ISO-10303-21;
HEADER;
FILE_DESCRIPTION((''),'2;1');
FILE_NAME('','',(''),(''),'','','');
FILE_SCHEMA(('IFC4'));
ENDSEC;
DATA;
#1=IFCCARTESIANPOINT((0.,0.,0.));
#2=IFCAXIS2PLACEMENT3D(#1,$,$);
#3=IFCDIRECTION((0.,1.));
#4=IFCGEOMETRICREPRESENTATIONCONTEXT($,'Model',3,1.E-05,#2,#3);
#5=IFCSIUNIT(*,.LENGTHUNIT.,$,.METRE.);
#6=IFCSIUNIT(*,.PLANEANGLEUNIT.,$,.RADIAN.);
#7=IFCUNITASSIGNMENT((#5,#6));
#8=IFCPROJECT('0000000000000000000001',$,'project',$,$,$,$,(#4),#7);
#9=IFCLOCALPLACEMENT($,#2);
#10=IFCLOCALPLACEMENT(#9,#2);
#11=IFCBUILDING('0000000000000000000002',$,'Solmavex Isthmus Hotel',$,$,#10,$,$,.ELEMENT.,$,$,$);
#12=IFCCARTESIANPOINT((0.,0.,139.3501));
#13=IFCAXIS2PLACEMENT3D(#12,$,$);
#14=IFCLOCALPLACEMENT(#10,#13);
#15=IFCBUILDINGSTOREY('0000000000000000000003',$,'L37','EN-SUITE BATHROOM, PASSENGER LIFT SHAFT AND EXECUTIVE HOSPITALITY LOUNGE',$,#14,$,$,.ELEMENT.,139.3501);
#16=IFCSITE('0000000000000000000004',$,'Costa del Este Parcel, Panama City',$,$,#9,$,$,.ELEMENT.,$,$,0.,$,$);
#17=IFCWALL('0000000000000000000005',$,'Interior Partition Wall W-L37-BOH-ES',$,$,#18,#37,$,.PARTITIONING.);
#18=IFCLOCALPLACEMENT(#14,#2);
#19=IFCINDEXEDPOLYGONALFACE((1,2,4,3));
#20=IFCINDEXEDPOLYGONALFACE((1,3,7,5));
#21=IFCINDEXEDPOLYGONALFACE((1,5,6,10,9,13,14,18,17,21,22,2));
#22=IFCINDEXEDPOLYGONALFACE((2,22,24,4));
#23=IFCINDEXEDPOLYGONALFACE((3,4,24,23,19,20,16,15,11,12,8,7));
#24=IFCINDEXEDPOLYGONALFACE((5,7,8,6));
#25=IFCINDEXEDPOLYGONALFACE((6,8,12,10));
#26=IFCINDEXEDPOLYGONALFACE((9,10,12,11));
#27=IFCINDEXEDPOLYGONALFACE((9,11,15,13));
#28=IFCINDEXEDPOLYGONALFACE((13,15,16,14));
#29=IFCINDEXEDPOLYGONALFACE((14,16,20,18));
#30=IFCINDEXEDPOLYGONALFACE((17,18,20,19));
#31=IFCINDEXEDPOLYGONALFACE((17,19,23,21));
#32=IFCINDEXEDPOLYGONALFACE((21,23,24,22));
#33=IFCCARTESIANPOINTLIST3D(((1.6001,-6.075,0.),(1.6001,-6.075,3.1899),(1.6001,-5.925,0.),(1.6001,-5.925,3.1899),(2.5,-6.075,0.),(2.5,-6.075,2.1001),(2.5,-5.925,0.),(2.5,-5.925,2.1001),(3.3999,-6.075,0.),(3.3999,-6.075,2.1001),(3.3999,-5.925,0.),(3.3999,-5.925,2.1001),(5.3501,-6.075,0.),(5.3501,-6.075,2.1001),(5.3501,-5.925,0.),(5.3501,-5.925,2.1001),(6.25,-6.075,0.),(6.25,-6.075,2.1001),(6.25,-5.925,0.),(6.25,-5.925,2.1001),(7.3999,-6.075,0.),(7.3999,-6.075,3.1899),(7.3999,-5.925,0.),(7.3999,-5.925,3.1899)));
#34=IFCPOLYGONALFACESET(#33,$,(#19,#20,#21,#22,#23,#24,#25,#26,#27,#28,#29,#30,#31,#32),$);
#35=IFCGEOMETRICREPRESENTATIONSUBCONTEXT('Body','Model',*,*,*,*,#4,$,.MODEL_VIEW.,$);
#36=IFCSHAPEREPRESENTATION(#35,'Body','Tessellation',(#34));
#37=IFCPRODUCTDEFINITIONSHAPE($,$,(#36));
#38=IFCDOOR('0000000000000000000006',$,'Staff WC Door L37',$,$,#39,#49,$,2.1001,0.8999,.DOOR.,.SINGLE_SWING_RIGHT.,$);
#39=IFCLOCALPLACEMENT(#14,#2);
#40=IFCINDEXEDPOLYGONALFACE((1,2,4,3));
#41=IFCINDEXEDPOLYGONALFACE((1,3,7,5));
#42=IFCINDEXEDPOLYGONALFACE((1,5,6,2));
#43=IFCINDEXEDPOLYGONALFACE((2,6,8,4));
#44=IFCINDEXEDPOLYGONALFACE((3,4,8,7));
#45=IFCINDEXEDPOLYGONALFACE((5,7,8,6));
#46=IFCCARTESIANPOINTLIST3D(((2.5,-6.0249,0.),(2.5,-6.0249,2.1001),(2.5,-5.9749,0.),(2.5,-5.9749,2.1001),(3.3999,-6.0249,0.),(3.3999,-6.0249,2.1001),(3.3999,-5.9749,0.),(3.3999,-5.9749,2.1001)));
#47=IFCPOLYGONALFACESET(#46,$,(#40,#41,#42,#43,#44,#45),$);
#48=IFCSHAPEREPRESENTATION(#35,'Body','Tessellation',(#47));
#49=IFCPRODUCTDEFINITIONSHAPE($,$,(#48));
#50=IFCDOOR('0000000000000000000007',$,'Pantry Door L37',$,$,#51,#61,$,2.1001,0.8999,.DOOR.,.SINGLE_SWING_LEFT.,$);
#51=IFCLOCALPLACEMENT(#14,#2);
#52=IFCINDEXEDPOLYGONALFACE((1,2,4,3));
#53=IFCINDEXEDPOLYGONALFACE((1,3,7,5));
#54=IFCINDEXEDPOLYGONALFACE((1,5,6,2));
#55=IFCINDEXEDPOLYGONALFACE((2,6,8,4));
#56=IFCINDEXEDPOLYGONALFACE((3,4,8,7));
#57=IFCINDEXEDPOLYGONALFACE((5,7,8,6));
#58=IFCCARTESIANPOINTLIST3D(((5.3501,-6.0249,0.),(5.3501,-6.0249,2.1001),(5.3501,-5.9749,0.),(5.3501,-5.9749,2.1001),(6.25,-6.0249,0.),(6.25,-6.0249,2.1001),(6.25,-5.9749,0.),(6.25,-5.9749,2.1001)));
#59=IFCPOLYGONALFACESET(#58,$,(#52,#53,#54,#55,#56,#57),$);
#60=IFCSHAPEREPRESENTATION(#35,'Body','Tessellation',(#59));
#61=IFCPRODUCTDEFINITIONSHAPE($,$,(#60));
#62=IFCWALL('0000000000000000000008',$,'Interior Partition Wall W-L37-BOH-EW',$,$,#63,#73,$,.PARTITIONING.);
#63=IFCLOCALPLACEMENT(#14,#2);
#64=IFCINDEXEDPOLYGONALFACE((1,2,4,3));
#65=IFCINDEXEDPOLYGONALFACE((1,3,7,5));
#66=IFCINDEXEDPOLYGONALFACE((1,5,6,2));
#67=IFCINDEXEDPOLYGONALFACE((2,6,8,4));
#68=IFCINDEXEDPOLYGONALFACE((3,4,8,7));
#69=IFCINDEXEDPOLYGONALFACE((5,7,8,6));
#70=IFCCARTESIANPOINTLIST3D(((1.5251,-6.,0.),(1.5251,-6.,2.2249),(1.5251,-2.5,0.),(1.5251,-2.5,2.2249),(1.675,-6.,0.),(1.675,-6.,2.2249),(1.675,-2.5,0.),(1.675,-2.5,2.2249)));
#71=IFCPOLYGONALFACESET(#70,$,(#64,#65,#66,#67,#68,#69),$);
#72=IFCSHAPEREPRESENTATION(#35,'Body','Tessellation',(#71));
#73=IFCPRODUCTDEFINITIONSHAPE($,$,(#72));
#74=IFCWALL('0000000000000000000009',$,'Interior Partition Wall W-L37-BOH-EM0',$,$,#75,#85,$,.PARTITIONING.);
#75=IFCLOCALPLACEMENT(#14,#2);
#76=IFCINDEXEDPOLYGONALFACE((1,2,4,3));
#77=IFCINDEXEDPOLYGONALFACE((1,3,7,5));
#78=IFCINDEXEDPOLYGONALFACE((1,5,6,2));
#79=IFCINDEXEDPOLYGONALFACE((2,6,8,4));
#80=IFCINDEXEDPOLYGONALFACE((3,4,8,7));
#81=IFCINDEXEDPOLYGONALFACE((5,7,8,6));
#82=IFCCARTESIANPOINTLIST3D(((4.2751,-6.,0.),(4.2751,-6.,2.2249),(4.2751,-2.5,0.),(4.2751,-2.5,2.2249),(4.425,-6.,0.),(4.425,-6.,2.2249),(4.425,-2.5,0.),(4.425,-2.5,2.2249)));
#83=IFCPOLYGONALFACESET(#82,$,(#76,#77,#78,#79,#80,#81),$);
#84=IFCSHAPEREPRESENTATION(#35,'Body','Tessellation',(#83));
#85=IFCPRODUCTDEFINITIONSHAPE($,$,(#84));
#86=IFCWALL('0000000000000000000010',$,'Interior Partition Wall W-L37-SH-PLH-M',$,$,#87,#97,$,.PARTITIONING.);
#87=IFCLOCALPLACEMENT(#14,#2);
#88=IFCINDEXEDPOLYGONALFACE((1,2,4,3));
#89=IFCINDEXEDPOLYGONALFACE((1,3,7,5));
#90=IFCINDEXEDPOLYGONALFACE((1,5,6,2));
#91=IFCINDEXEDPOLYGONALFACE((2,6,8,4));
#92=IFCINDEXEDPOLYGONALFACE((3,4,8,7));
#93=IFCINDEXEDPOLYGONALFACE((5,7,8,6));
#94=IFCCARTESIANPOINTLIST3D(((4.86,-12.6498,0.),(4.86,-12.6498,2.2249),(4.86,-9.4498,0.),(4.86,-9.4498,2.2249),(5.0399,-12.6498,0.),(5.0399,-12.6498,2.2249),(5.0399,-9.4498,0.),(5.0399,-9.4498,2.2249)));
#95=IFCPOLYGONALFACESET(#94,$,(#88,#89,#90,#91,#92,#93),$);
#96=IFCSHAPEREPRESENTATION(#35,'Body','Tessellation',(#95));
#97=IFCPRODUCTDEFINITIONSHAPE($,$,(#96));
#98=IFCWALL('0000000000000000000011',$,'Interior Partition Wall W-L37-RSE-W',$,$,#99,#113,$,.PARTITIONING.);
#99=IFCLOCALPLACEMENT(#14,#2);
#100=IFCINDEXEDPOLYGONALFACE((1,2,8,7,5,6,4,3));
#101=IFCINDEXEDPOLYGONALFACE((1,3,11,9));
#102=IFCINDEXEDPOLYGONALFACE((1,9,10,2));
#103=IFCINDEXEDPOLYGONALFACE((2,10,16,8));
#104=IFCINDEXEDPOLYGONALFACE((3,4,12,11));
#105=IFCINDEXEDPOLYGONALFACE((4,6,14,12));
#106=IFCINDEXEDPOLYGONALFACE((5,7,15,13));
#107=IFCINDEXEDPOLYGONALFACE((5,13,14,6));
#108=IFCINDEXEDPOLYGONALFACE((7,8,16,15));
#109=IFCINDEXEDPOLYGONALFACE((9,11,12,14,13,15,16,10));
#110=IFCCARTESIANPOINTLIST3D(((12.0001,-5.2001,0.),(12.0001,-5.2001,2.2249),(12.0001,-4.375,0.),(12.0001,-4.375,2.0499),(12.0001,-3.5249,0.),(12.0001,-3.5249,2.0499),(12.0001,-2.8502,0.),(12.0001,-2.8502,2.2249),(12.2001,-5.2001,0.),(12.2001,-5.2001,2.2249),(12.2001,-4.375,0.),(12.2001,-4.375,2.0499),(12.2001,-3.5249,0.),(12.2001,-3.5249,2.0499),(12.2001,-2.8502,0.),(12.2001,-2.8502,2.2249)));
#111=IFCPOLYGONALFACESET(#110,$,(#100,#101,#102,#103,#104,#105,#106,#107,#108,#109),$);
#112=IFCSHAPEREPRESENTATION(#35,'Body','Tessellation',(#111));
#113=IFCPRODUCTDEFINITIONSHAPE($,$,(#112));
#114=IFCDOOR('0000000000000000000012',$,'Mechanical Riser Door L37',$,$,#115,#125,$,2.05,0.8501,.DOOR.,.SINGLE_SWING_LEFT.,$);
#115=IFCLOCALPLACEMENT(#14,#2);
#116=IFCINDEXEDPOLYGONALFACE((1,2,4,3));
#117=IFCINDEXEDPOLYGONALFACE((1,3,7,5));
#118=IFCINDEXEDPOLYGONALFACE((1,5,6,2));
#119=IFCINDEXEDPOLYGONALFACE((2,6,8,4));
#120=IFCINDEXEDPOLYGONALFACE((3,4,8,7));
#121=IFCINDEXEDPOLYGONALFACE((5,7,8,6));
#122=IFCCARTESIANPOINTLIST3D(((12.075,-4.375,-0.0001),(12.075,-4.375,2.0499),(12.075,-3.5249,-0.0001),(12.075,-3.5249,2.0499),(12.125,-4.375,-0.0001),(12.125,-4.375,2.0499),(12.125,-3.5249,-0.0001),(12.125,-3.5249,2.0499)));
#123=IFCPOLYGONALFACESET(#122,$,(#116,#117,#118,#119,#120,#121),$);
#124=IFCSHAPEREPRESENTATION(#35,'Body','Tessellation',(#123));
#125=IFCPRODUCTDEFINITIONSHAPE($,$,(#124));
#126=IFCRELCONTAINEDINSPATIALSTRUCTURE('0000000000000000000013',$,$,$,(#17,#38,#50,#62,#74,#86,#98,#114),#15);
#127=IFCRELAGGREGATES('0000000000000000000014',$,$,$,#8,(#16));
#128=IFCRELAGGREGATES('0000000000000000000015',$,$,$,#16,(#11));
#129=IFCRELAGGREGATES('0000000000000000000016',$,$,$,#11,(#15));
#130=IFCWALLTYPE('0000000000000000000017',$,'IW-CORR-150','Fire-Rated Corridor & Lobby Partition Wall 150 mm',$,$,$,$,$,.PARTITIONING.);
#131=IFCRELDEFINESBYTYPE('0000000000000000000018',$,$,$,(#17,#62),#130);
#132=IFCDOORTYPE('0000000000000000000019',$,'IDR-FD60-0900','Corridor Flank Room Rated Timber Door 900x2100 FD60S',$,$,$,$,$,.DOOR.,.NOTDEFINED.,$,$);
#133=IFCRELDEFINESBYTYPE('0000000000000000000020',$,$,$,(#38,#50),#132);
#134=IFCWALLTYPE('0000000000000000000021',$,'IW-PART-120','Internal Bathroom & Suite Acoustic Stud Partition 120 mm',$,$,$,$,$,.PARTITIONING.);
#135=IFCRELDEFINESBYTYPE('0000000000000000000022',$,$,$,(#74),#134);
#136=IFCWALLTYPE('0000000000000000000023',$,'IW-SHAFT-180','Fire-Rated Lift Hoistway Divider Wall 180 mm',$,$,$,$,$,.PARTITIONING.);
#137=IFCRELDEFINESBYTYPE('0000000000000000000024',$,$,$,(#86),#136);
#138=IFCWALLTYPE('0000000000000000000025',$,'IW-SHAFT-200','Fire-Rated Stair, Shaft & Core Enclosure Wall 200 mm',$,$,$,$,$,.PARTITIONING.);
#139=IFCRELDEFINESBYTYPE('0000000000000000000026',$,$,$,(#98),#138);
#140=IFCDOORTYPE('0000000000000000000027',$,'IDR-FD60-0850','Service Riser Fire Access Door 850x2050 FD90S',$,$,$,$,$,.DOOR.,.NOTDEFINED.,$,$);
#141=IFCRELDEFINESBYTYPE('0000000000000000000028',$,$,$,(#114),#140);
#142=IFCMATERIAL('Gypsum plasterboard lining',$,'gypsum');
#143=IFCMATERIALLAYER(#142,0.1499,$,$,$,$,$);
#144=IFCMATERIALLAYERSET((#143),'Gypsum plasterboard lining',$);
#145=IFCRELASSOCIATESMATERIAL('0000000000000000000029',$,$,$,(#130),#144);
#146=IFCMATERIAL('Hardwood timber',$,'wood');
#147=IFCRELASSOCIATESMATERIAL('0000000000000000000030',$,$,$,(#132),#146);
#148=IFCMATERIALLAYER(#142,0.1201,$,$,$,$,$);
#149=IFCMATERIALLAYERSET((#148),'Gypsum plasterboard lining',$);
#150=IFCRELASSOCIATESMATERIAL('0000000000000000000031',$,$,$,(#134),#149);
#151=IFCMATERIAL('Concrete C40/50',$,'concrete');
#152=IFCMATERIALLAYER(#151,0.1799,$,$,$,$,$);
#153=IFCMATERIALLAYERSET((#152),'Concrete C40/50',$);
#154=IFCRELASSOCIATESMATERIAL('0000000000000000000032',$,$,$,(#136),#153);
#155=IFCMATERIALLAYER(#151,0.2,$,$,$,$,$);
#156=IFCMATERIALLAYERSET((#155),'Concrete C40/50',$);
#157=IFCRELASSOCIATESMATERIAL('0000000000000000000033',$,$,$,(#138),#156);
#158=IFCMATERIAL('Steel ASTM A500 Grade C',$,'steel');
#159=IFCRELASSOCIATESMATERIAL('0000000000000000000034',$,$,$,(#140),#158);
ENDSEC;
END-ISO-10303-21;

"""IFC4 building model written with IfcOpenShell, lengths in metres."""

from ifc_helpers import new_model, si_unit, direction, frame, frame_2d, origin, place, context, subcontext, project, spatial, rectangle, extrude, material, layer, layer_set, type_object, element, fill, save


model = new_model("IFC4")

# Units and contexts
model_context = context("Model", 3, precision=1e-05, world=origin(), true_north=direction((0.0, 1.0)))
body_context = subcontext(model_context, "Body", "Model", "MODEL_VIEW")
ifc_project = project(units=[si_unit("LENGTHUNIT", "METRE"), si_unit("PLANEANGLEUNIT", "RADIAN")], contexts=[model_context])

# Site, building, storey
site_placement = place(None, origin())
site = spatial("IfcSite", under=ifc_project, at=site_placement, Name="Costa del Este Parcel, Panama City", CompositionType="ELEMENT", RefElevation=0.0)
building_placement = place(site_placement, origin())
building = spatial("IfcBuilding", under=site, at=building_placement, Name="Solmavex Isthmus Hotel", CompositionType="ELEMENT")
storey_placement = place(building_placement, frame((0.0, 0.0, 139.3501)))
storey = spatial("IfcBuildingStorey", under=building, at=storey_placement, Name="L37", Description="EN-SUITE BATHROOM, PASSENGER LIFT SHAFT AND EXECUTIVE HOSPITALITY LOUNGE", CompositionType="ELEMENT", Elevation=139.3501)

# Wall, openings, doors
ifc_material_1 = material(Name="Gypsum plasterboard lining", Category="gypsum")
ifc_layer_1 = layer(ifc_material_1, 0.1499)
ifc_layer_set_1 = layer_set([ifc_layer_1], Name="Gypsum plasterboard lining")
wall_type_1 = type_object("IfcWallType", Name="IW-CORR-150", Description="Fire-Rated Corridor & Lobby Partition Wall 150 mm", PredefinedType="PARTITIONING", material=ifc_layer_set_1)
wall_1_placement = place(storey_placement, frame((1.6001, -6.0, 0.0), z_axis=(0.0, 0.0, 1.0), x_axis=(1.0, 0.0, 0.0)))
wall_1 = element("IfcWall", 1, at=wall_1_placement, inside=storey, type_object=wall_type_1, Name="Interior Partition Wall W-L37-BOH-ES", PredefinedType="PARTITIONING", context=body_context, shape_type="SweptSolid", body=[
    extrude(rectangle(XDim=5.7998, YDim=0.1499, at=frame_2d((2.8999, 0.0))), origin(), (0.0, 0.0, 1.0), 3.1899),
])
opening_1_placement = place(wall_1_placement, frame((0.8999, 0.0, 0.0)))
opening_1 = element("IfcOpeningElement", 2, at=opening_1_placement, cuts=wall_1, PredefinedType="OPENING", context=body_context, shape_type="SweptSolid", body=[
    extrude(rectangle(XDim=0.8999, YDim=2.1001, at=frame_2d((0.45, 1.05))), frame((0.0, 0.085, 0.0), z_axis=(0.0, -1.0, 0.0), x_axis=(1.0, 0.0, 0.0)), (0.0, 0.0, 1.0), 0.1699),
])
opening_2_placement = place(wall_1_placement, frame((3.75, 0.0, 0.0)))
opening_2 = element("IfcOpeningElement", 3, at=opening_2_placement, cuts=wall_1, PredefinedType="OPENING", context=body_context, shape_type="SweptSolid", body=[
    extrude(rectangle(XDim=0.8999, YDim=2.1001, at=frame_2d((0.45, 1.05))), frame((0.0, 0.085, 0.0), z_axis=(0.0, -1.0, 0.0), x_axis=(1.0, 0.0, 0.0)), (0.0, 0.0, 1.0), 0.1699),
])
ifc_material_2 = material(Name="Hardwood timber", Category="wood")
door_type_1 = type_object("IfcDoorType", Name="IDR-FD60-0900", Description="Corridor Flank Room Rated Timber Door 900x2100 FD60S", OperationType="NOTDEFINED", PredefinedType="DOOR", material=ifc_material_2)
door_1_placement = place(opening_1_placement, frame((0.8999, 0.0, 0.0), z_axis=(0.0, 0.0, 1.0), x_axis=(-1.0, 0.0, 0.0)))
door_1 = element("IfcDoor", 4, at=door_1_placement, inside=storey, type_object=door_type_1, Name="Staff WC Door L37", OperationType="SINGLE_SWING_RIGHT", OverallHeight=2.1001, OverallWidth=0.8999, PredefinedType="DOOR", context=body_context, shape_type="SweptSolid", body=[
    extrude(rectangle(XDim=0.8999, YDim=2.1001, at=frame_2d((0.45, 1.05))), frame((0.0, 0.0249, 0.0), z_axis=(0.0, -1.0, 0.0), x_axis=(1.0, 0.0, 0.0)), (0.0, 0.0, 1.0), 0.05),
])
fill(opening_1, door_1)
door_2_placement = place(opening_2_placement, frame((0.8999, 0.0, 0.0), z_axis=(0.0, 0.0, 1.0), x_axis=(-1.0, 0.0, 0.0)))
door_2 = element("IfcDoor", 5, at=door_2_placement, inside=storey, type_object=door_type_1, Name="Pantry Door L37", OperationType="SINGLE_SWING_LEFT", OverallHeight=2.1001, OverallWidth=0.8999, PredefinedType="DOOR", context=body_context, shape_type="SweptSolid", body=[
    extrude(rectangle(XDim=0.8999, YDim=2.1001, at=frame_2d((0.45, 1.05))), frame((0.0, 0.0249, 0.0), z_axis=(0.0, -1.0, 0.0), x_axis=(1.0, 0.0, 0.0)), (0.0, 0.0, 1.0), 0.05),
])
fill(opening_2, door_2)

# Walls
wall_2_placement = place(storey_placement, frame((1.6001, -6.0, 0.0), z_axis=(0.0, 0.0, 1.0), x_axis=(0.0, 1.0, 0.0)))
element("IfcWall", 6, at=wall_2_placement, inside=storey, type_object=wall_type_1, Name="Interior Partition Wall W-L37-BOH-EW", PredefinedType="PARTITIONING", context=body_context, shape_type="SweptSolid", body=[
    extrude(rectangle(XDim=3.5, YDim=0.1499, at=frame_2d((1.75, 0.0))), origin(), (0.0, 0.0, 1.0), 2.2249),
])
ifc_layer_2 = layer(ifc_material_1, 0.1201)
ifc_layer_set_2 = layer_set([ifc_layer_2], Name="Gypsum plasterboard lining")
wall_type_2 = type_object("IfcWallType", Name="IW-PART-120", Description="Internal Bathroom & Suite Acoustic Stud Partition 120 mm", PredefinedType="PARTITIONING", material=ifc_layer_set_2)
wall_3_placement = place(storey_placement, frame((4.3501, -6.0, 0.0), z_axis=(0.0, 0.0, 1.0), x_axis=(0.0, 1.0, 0.0)))
element("IfcWall", 7, at=wall_3_placement, inside=storey, type_object=wall_type_2, Name="Interior Partition Wall W-L37-BOH-EM0", PredefinedType="PARTITIONING", context=body_context, shape_type="SweptSolid", body=[
    extrude(rectangle(XDim=3.5, YDim=0.1499, at=frame_2d((1.75, 0.0))), origin(), (0.0, 0.0, 1.0), 2.2249),
])
ifc_material_3 = material(Name="Concrete C40/50", Category="concrete")
ifc_layer_3 = layer(ifc_material_3, 0.1799)
ifc_layer_set_3 = layer_set([ifc_layer_3], Name="Concrete C40/50")
wall_type_3 = type_object("IfcWallType", Name="IW-SHAFT-180", Description="Fire-Rated Lift Hoistway Divider Wall 180 mm", PredefinedType="PARTITIONING", material=ifc_layer_set_3)
wall_4_placement = place(storey_placement, frame((4.95, -12.6499, 0.0), z_axis=(0.0, 0.0, 1.0), x_axis=(0.0, 1.0, 0.0)))
element("IfcWall", 8, at=wall_4_placement, inside=storey, type_object=wall_type_3, Name="Interior Partition Wall W-L37-SH-PLH-M", PredefinedType="PARTITIONING", context=body_context, shape_type="SweptSolid", body=[
    extrude(rectangle(XDim=3.2, YDim=0.1799, at=frame_2d((1.6001, 0.0))), origin(), (0.0, 0.0, 1.0), 2.2249),
])

# Wall, opening, door
ifc_layer_4 = layer(ifc_material_3, 0.2)
ifc_layer_set_4 = layer_set([ifc_layer_4], Name="Concrete C40/50")
wall_type_4 = type_object("IfcWallType", Name="IW-SHAFT-200", Description="Fire-Rated Stair, Shaft & Core Enclosure Wall 200 mm", PredefinedType="PARTITIONING", material=ifc_layer_set_4)
wall_5_placement = place(storey_placement, frame((12.1001, -5.2, 0.0), z_axis=(0.0, 0.0, 1.0), x_axis=(0.0, 1.0, 0.0)))
wall_5 = element("IfcWall", 9, at=wall_5_placement, inside=storey, type_object=wall_type_4, Name="Interior Partition Wall W-L37-RSE-W", PredefinedType="PARTITIONING", context=body_context, shape_type="SweptSolid", body=[
    extrude(rectangle(XDim=2.3499, YDim=0.2, at=frame_2d((1.1748, 0.0))), origin(), (0.0, 0.0, 1.0), 2.2249),
])
opening_3_placement = place(wall_5_placement, frame((0.825, 0.0, 0.0)))
opening_3 = element("IfcOpeningElement", 10, at=opening_3_placement, cuts=wall_5, PredefinedType="OPENING", context=body_context, shape_type="SweptSolid", body=[
    extrude(rectangle(XDim=0.8501, YDim=2.05, at=frame_2d((0.425, 1.0249))), frame((0.0, 0.1099, 0.0), z_axis=(0.0, -1.0, 0.0), x_axis=(1.0, 0.0, 0.0)), (0.0, 0.0, 1.0), 0.22),
])
ifc_material_4 = material(Name="Steel ASTM A500 Grade C", Category="steel")
door_type_2 = type_object("IfcDoorType", Name="IDR-FD60-0850", Description="Service Riser Fire Access Door 850x2050 FD90S", OperationType="NOTDEFINED", PredefinedType="DOOR", material=ifc_material_4)
door_3_placement = place(opening_3_placement, frame((0.8501, 0.0, 0.0), z_axis=(0.0, 0.0, 1.0), x_axis=(-1.0, 0.0, 0.0)))
door_3 = element("IfcDoor", 11, at=door_3_placement, inside=storey, type_object=door_type_2, Name="Mechanical Riser Door L37", OperationType="SINGLE_SWING_LEFT", OverallHeight=2.05, OverallWidth=0.8501, PredefinedType="DOOR", context=body_context, shape_type="SweptSolid", body=[
    extrude(rectangle(XDim=0.8501, YDim=2.05, at=frame_2d((0.425, 1.0249))), frame((0.0, 0.0249, 0.0), z_axis=(0.0, -1.0, 0.0), x_axis=(1.0, 0.0, 0.0)), (0.0, 0.0, 1.0), 0.05),
])
fill(opening_3, door_3)

save(model, "model.ifc")
